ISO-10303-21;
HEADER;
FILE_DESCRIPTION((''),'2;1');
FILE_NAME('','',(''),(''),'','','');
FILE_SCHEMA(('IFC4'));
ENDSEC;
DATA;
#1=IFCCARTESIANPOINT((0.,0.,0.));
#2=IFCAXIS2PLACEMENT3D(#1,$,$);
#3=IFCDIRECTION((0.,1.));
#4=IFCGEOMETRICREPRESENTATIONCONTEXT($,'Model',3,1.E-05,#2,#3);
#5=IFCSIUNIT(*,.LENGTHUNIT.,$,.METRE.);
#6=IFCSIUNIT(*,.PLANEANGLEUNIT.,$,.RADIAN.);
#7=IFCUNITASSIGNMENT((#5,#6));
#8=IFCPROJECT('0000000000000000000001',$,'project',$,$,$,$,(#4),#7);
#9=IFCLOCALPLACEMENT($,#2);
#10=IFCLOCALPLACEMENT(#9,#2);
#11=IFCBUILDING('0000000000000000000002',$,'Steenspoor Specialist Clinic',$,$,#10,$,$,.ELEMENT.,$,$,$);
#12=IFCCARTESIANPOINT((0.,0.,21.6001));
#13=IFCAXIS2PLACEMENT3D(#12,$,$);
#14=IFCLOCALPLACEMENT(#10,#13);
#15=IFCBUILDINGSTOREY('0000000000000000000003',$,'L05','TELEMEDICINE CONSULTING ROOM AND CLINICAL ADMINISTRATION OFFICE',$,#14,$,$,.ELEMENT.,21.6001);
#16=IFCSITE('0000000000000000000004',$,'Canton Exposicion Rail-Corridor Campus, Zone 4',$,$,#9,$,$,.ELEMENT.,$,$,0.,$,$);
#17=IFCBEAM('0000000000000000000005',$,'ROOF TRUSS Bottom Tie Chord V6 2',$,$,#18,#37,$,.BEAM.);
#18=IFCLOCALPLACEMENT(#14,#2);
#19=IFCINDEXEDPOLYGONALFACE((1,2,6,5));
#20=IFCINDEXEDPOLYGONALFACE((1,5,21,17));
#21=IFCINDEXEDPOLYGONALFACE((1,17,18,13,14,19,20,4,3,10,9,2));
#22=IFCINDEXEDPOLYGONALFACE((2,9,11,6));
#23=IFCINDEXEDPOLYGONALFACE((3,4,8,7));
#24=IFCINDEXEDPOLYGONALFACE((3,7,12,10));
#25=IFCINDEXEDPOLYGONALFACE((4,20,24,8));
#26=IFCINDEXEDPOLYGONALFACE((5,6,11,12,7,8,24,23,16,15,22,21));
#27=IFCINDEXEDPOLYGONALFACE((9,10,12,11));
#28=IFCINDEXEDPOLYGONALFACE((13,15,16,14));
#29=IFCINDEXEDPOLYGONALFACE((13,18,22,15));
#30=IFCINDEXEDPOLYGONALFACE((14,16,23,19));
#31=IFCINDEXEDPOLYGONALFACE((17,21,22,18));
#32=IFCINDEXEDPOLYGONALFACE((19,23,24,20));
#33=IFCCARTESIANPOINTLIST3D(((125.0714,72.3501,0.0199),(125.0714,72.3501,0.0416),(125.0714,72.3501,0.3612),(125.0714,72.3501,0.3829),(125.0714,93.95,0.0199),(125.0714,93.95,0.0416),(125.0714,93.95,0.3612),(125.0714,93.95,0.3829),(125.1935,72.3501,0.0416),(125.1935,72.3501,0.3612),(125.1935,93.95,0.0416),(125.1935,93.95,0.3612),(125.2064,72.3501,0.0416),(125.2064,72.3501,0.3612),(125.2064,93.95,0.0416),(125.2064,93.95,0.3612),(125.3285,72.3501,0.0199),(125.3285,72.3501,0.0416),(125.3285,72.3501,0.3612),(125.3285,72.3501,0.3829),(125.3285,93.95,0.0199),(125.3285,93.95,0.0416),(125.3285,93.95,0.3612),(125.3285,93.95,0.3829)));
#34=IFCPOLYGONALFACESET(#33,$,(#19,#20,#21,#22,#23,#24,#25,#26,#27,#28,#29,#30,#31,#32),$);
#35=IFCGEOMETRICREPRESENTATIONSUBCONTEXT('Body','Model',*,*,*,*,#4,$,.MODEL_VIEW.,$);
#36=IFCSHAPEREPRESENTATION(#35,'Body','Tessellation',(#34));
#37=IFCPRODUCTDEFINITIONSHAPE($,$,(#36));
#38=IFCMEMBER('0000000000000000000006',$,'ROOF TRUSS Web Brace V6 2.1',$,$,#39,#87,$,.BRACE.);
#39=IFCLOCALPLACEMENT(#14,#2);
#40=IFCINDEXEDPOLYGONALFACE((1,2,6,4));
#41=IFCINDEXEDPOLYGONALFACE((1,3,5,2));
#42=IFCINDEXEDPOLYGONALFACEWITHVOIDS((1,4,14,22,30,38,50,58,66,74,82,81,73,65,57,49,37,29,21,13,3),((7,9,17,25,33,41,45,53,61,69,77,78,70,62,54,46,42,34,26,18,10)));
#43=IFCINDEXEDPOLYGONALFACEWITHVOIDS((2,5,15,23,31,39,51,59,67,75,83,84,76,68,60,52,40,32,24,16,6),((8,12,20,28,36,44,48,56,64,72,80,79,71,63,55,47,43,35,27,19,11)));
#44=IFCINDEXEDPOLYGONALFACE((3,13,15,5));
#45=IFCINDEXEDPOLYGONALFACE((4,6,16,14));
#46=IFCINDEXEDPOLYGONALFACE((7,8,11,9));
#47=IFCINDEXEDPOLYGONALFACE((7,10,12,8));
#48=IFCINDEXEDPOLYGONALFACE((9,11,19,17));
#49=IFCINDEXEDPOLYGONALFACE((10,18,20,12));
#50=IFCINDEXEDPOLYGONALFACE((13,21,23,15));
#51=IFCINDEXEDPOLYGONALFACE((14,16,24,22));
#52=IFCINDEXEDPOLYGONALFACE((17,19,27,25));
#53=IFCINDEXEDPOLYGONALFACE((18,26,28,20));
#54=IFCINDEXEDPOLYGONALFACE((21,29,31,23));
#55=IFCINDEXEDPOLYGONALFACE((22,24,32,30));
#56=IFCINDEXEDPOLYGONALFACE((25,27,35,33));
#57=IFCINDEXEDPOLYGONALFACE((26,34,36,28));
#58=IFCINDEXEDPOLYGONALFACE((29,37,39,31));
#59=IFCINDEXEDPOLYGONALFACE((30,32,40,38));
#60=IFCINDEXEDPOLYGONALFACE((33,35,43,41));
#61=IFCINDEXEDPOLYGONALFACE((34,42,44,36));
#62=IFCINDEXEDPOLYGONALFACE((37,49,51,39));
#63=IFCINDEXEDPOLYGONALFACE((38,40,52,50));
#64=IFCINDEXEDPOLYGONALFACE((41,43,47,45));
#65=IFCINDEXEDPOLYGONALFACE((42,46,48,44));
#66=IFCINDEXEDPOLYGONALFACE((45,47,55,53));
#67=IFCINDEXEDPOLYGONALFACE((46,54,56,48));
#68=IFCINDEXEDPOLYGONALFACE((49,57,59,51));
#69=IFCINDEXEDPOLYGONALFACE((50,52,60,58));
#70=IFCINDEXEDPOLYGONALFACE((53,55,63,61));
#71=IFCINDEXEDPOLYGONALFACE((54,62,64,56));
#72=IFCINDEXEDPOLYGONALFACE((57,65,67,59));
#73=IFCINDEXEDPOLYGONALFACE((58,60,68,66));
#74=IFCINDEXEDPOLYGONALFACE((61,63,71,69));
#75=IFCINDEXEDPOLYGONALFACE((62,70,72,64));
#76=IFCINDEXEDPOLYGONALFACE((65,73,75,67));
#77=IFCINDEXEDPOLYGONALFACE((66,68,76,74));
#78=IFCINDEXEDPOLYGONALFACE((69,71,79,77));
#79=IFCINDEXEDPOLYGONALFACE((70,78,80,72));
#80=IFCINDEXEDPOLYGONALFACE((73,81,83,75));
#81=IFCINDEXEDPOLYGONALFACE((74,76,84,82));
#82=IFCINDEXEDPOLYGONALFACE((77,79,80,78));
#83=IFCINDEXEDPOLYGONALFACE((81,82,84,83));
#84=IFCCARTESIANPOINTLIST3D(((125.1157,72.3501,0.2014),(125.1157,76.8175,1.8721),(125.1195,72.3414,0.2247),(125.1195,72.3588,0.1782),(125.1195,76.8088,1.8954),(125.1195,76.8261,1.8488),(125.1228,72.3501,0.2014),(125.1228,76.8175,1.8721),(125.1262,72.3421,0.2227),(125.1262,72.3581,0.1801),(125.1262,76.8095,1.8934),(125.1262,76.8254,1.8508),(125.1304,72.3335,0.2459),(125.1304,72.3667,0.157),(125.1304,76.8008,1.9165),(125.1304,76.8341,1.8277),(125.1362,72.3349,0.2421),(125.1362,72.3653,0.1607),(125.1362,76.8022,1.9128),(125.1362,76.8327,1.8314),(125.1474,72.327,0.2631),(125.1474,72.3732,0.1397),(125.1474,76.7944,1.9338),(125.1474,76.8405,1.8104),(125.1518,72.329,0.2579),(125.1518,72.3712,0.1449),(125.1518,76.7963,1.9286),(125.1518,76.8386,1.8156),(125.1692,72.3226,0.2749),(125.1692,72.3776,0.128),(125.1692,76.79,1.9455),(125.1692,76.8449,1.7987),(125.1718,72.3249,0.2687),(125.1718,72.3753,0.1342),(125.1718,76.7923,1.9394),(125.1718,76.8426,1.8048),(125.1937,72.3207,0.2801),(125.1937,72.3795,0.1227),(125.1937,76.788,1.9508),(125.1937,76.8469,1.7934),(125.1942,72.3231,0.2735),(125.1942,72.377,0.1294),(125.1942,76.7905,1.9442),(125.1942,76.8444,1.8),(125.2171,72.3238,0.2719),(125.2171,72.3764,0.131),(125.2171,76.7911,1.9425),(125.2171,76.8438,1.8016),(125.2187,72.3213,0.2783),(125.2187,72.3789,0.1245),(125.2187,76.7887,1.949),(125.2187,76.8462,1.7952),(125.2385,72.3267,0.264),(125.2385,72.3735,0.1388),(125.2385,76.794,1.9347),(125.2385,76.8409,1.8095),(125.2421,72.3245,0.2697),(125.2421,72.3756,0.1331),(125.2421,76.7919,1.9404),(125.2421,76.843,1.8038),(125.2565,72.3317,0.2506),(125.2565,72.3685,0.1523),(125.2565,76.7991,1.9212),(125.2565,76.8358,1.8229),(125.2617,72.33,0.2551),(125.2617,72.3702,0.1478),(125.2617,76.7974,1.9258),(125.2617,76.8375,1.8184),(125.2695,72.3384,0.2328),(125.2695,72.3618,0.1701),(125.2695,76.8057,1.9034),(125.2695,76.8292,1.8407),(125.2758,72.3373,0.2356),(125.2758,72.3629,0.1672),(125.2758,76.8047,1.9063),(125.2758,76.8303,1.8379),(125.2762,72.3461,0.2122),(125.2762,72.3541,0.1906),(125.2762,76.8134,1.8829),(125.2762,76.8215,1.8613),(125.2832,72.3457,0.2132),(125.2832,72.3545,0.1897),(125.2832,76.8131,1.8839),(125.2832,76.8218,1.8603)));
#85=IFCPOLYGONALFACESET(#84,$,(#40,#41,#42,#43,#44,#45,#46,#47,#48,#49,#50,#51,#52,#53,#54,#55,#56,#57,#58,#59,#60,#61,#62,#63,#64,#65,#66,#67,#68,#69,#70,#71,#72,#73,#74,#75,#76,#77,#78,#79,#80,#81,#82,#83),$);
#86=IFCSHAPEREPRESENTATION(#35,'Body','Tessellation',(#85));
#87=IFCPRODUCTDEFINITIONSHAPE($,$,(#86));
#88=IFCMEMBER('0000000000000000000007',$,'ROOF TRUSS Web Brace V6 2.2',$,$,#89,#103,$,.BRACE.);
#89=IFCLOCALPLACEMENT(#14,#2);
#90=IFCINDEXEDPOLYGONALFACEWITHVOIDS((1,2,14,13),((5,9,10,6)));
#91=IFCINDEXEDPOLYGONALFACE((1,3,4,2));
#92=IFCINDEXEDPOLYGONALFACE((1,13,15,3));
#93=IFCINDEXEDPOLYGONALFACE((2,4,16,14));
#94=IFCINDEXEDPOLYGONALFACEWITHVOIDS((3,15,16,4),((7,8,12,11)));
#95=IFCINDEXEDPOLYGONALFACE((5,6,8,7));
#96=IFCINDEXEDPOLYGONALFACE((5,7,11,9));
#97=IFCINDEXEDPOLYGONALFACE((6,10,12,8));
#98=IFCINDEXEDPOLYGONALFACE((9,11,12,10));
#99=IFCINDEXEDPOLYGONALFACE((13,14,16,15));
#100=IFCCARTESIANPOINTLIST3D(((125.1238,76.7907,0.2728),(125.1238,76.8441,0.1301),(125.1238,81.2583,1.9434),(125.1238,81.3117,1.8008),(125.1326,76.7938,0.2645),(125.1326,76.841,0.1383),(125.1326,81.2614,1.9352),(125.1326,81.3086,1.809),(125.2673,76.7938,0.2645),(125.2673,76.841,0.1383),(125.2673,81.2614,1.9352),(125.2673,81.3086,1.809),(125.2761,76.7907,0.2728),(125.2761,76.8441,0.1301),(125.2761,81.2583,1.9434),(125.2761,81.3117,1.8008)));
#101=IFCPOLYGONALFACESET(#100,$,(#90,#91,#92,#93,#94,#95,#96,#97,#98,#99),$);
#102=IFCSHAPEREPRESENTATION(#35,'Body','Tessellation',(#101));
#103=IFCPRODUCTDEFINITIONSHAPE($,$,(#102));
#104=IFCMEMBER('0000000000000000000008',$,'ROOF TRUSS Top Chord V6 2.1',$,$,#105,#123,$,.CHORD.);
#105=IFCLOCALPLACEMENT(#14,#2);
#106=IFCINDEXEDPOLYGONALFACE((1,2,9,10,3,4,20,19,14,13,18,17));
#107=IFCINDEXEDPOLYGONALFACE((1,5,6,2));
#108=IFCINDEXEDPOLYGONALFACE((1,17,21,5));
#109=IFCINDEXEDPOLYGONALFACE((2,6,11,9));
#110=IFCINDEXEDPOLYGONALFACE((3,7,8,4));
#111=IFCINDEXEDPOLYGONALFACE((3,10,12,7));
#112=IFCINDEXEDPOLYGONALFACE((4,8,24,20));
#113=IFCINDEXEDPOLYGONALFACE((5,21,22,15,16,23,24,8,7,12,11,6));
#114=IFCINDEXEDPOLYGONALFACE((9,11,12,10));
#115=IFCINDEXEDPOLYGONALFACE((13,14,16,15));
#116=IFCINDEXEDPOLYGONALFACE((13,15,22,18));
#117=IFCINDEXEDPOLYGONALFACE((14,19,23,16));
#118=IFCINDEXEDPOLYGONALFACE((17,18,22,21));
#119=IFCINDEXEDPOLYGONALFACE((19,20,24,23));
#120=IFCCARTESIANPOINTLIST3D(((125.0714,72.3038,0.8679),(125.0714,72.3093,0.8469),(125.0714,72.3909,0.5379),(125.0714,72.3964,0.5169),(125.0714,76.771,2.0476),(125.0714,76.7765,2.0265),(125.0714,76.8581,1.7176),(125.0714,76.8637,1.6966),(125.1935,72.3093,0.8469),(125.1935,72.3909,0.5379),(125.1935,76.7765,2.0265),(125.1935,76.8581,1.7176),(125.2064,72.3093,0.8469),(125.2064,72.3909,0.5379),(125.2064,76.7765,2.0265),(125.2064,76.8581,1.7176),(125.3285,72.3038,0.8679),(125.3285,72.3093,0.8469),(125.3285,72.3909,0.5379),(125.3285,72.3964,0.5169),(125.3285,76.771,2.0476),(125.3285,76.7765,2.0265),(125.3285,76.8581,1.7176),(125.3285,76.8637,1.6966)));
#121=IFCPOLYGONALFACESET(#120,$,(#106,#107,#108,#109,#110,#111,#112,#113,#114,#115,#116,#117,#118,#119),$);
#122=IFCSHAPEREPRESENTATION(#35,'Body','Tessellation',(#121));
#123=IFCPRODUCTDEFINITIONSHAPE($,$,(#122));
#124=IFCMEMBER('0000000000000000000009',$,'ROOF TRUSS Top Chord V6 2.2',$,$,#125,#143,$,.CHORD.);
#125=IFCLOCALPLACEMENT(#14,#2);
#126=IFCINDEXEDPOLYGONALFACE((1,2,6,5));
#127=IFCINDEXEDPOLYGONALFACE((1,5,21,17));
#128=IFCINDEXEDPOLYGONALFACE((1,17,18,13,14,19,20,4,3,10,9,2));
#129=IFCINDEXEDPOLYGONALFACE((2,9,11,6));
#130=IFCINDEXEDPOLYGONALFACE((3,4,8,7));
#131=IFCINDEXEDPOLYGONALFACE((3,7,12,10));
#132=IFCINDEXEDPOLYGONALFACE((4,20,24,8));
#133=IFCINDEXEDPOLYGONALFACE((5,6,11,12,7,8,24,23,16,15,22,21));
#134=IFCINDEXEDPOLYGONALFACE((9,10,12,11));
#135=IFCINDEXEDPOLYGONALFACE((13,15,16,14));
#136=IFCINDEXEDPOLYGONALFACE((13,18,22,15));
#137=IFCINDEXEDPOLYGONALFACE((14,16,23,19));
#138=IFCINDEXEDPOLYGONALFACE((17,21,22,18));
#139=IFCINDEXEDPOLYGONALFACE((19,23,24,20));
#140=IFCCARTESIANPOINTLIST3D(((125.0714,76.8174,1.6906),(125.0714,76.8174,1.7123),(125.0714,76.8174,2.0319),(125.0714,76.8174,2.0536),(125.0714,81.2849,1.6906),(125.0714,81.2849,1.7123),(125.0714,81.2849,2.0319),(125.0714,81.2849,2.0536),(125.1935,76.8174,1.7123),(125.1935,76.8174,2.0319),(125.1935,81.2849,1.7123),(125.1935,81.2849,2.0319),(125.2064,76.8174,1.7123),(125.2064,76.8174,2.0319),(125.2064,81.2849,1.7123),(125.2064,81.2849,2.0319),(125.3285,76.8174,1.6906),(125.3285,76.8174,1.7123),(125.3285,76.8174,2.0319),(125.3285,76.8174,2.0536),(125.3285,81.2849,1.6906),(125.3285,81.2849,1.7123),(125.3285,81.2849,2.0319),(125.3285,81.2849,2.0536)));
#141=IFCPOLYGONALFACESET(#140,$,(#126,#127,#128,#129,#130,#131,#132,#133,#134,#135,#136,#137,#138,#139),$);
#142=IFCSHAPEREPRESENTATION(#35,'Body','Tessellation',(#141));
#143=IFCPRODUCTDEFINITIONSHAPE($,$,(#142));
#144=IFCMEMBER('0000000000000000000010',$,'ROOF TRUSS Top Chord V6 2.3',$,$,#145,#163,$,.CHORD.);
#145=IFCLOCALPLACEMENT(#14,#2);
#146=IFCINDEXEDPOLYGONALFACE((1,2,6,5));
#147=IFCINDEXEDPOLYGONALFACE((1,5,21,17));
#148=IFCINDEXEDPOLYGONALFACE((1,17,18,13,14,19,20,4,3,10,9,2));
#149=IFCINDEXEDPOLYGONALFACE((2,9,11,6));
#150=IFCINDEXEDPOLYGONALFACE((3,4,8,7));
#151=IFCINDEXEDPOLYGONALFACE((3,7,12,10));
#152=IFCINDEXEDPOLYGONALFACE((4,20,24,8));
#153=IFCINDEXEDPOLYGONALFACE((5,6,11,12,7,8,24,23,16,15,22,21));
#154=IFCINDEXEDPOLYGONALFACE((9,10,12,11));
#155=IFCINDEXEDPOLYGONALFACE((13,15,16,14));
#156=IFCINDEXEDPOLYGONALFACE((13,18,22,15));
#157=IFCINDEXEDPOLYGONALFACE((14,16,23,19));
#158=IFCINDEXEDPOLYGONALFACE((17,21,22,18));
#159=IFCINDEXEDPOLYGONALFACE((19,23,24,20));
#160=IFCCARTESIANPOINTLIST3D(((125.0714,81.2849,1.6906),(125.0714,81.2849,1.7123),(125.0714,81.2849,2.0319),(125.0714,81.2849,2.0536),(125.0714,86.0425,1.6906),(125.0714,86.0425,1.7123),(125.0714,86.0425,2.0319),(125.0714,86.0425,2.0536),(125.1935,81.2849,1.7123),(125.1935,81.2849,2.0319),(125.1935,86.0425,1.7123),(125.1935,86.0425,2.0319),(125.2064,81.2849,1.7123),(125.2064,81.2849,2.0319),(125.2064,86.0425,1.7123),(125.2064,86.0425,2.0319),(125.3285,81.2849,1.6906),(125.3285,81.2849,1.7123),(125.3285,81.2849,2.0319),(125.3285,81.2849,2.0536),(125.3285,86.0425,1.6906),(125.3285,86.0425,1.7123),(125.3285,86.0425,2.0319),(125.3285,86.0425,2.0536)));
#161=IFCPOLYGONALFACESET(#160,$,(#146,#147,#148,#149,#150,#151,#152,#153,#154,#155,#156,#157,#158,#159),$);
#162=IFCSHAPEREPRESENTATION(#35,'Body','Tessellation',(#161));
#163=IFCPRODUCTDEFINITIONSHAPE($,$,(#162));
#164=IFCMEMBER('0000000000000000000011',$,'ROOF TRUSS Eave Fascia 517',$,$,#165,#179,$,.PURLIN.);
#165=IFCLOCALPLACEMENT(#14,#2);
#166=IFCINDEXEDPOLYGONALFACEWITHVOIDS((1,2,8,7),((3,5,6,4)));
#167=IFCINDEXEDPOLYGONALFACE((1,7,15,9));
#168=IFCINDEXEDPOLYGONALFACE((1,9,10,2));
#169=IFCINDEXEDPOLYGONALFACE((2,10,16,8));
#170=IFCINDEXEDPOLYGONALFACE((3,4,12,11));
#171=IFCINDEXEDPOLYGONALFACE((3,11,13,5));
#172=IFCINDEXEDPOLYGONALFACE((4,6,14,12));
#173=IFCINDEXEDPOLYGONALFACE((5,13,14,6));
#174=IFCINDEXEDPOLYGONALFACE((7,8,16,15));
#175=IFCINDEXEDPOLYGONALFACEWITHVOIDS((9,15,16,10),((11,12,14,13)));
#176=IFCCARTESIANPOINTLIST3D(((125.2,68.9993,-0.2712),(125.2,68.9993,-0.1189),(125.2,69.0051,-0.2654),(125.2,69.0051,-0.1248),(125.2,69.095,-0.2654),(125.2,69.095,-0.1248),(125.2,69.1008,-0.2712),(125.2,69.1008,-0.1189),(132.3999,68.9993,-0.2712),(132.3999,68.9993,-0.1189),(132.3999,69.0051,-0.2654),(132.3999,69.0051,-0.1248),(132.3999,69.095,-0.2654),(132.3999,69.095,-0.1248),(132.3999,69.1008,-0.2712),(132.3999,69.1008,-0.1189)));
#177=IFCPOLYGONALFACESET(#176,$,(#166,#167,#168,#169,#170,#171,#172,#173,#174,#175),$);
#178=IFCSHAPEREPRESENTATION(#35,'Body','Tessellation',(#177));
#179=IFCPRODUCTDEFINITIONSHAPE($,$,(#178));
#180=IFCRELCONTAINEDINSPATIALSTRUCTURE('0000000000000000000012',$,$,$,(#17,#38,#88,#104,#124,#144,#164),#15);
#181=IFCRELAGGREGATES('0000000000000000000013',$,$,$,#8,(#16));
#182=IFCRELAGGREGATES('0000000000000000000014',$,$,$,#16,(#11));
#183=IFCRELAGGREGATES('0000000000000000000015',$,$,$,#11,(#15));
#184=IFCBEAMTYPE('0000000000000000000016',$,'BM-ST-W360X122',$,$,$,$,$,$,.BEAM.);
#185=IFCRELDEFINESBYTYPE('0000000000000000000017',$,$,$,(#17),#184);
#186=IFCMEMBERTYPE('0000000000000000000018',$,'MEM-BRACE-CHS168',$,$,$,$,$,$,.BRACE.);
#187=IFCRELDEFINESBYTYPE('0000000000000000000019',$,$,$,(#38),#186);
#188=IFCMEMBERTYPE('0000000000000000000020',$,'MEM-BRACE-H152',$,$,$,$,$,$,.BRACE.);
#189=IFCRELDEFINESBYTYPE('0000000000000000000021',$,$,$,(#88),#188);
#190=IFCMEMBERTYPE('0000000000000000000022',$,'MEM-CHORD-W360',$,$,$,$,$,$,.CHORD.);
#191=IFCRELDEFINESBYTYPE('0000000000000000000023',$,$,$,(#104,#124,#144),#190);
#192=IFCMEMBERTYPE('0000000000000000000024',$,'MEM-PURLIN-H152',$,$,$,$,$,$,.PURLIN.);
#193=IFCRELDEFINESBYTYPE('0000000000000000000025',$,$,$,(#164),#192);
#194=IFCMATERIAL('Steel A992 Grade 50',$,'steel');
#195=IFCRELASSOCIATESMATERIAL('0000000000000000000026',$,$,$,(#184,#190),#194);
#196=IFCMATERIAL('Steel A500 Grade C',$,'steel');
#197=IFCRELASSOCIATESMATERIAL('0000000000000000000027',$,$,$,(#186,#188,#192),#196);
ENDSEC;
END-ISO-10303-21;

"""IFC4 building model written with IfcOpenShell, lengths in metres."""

from ifc_helpers import new_model, si_unit, direction, frame, origin, origin_2d, place, context, subcontext, project, spatial, hollow_rectangle, hollow_circle, i_section, extrude, material, material_profile, profile_set, type_object, element, save


model = new_model("IFC4")

# Units and contexts
model_context = context("Model", 3, precision=1e-05, world=origin(), true_north=direction((0.0, 1.0)))
body_context = subcontext(model_context, "Body", "Model", "MODEL_VIEW")
ifc_project = project(units=[si_unit("LENGTHUNIT", "METRE"), si_unit("PLANEANGLEUNIT", "RADIAN")], contexts=[model_context])

# Site, building, storey
site_placement = place(None, origin())
site = spatial("IfcSite", under=ifc_project, at=site_placement, Name="Canton Exposicion Rail-Corridor Campus, Zone 4", CompositionType="ELEMENT", RefElevation=0.0)
building_placement = place(site_placement, origin())
building = spatial("IfcBuilding", under=site, at=building_placement, Name="Steenspoor Specialist Clinic", CompositionType="ELEMENT")
storey_placement = place(building_placement, frame((0.0, 0.0, 21.6001)))
storey = spatial("IfcBuildingStorey", under=building, at=storey_placement, Name="L05", Description="TELEMEDICINE CONSULTING ROOM AND CLINICAL ADMINISTRATION OFFICE", CompositionType="ELEMENT", Elevation=21.6001)

# Beam
ifc_material_1 = material(Name="Steel A992 Grade 50", Category="steel")
ifc_material_profile_1 = material_profile(ifc_material_1, i_section(OverallWidth=0.2571, OverallDepth=0.363, WebThickness=0.0129, FlangeThickness=0.0217, at=origin_2d()), Name="W360X122")
ifc_profile_set_1 = profile_set([ifc_material_profile_1], Name="Steel A992 Grade 50")
beam_type = type_object("IfcBeamType", Name="BM-ST-W360X122", PredefinedType="BEAM", material=ifc_profile_set_1)
beam_placement = place(storey_placement, frame((125.2, 72.3501, 0.2014), z_axis=(0.0, 1.0, 0.0), x_axis=(-1.0, 0.0, 0.0)))
element("IfcBeam", 1, at=beam_placement, inside=storey, type_object=beam_type, Name="ROOF TRUSS Bottom Tie Chord V6 2", PredefinedType="BEAM", context=body_context, shape_type="SweptSolid", body=[
    extrude(i_section(OverallWidth=0.2571, OverallDepth=0.363, WebThickness=0.0129, FlangeThickness=0.0217, at=origin_2d()), origin(), (0.0, 0.0, 1.0), 21.5999),
])

# Members
ifc_material_2 = material(Name="Steel A500 Grade C", Category="steel")
ifc_material_profile_2 = material_profile(ifc_material_2, hollow_circle(Radius=0.0842, WallThickness=0.0071, at=origin_2d()), Name="CHS168X7.1")
ifc_profile_set_2 = profile_set([ifc_material_profile_2], Name="Steel A500 Grade C")
member_type_1 = type_object("IfcMemberType", Name="MEM-BRACE-CHS168", PredefinedType="BRACE", material=ifc_profile_set_2)
member_1_placement = place(storey_placement, frame((125.2, 72.3501, 0.2014), z_axis=(0.0, 0.936644, 0.350282), x_axis=(-1.0, 0.0, 0.0)))
element("IfcMember", 2, at=member_1_placement, inside=storey, type_object=member_type_1, Name="ROOF TRUSS Web Brace V6 2.1", PredefinedType="BRACE", context=body_context, shape_type="SweptSolid", body=[
    extrude(hollow_circle(Radius=0.0842, WallThickness=0.0071, at=origin_2d()), origin(), (0.0, 0.0, 1.0), 4.7695),
])
ifc_material_profile_3 = material_profile(ifc_material_2, hollow_rectangle(XDim=0.1523, YDim=0.1523, WallThickness=0.0088, at=origin_2d()), Name="HSS152X152X9.5")
ifc_profile_set_3 = profile_set([ifc_material_profile_3], Name="Steel A500 Grade C")
member_type_2 = type_object("IfcMemberType", Name="MEM-BRACE-H152", PredefinedType="BRACE", material=ifc_profile_set_3)
member_2_placement = place(storey_placement, frame((125.2, 76.8174, 0.2014), z_axis=(0.0, 0.936651, 0.350265), x_axis=(-1.0, 0.0, 0.0)))
element("IfcMember", 3, at=member_2_placement, inside=storey, type_object=member_type_2, Name="ROOF TRUSS Web Brace V6 2.2", PredefinedType="BRACE", context=body_context, shape_type="SweptSolid", body=[
    extrude(hollow_rectangle(XDim=0.1523, YDim=0.1523, WallThickness=0.0088, at=origin_2d()), origin(), (0.0, 0.0, 1.0), 4.7698),
])
ifc_material_profile_4 = material_profile(ifc_material_1, i_section(OverallWidth=0.2571, OverallDepth=0.363, WebThickness=0.0129, FlangeThickness=0.0217, at=origin_2d()), Name="W360X122")
ifc_profile_set_4 = profile_set([ifc_material_profile_4], Name="Steel A992 Grade 50")
member_type_3 = type_object("IfcMemberType", Name="MEM-CHORD-W360", PredefinedType="CHORD", material=ifc_profile_set_4)
member_3_placement = place(storey_placement, frame((125.2, 72.3501, 0.6924), z_axis=(0.0, 0.966857, 0.25532), x_axis=(-1.0, 0.0, 0.0)))
element("IfcMember", 4, at=member_3_placement, inside=storey, type_object=member_type_3, Name="ROOF TRUSS Top Chord V6 2.1", PredefinedType="CHORD", context=body_context, shape_type="SweptSolid", body=[
    extrude(i_section(OverallWidth=0.2571, OverallDepth=0.363, WebThickness=0.0129, FlangeThickness=0.0217, at=origin_2d()), origin(), (0.0, 0.0, 1.0), 4.6204),
])
member_4_placement = place(storey_placement, frame((125.2, 76.8174, 1.8721), z_axis=(0.0, 1.0, 0.0), x_axis=(-1.0, 0.0, 0.0)))
element("IfcMember", 5, at=member_4_placement, inside=storey, type_object=member_type_3, Name="ROOF TRUSS Top Chord V6 2.2", PredefinedType="CHORD", context=body_context, shape_type="SweptSolid", body=[
    extrude(i_section(OverallWidth=0.2571, OverallDepth=0.363, WebThickness=0.0129, FlangeThickness=0.0217, at=origin_2d()), origin(), (0.0, 0.0, 1.0), 4.4675),
])
member_5_placement = place(storey_placement, frame((125.2, 81.2849, 1.8721), z_axis=(0.0, 1.0, 0.0), x_axis=(-1.0, 0.0, 0.0)))
element("IfcMember", 6, at=member_5_placement, inside=storey, type_object=member_type_3, Name="ROOF TRUSS Top Chord V6 2.3", PredefinedType="CHORD", context=body_context, shape_type="SweptSolid", body=[
    extrude(i_section(OverallWidth=0.2571, OverallDepth=0.363, WebThickness=0.0129, FlangeThickness=0.0217, at=origin_2d()), origin(), (0.0, 0.0, 1.0), 4.7576),
])
ifc_material_profile_5 = material_profile(ifc_material_2, hollow_rectangle(XDim=0.1016, YDim=0.1523, WallThickness=0.0059, at=origin_2d()), Name="HSS152X102X6.4")
ifc_profile_set_5 = profile_set([ifc_material_profile_5], Name="Steel A500 Grade C")
member_type_4 = type_object("IfcMemberType", Name="MEM-PURLIN-H152", PredefinedType="PURLIN", material=ifc_profile_set_5)
member_6_placement = place(storey_placement, frame((125.2, 69.05, -0.1951), z_axis=(1.0, 0.0, 0.0), x_axis=(0.0, 1.0, 0.0)))
element("IfcMember", 7, at=member_6_placement, inside=storey, type_object=member_type_4, Name="ROOF TRUSS Eave Fascia 517", PredefinedType="PURLIN", context=body_context, shape_type="SweptSolid", body=[
    extrude(hollow_rectangle(XDim=0.1016, YDim=0.1523, WallThickness=0.0059, at=origin_2d()), origin(), (0.0, 0.0, 1.0), 7.2),
])

save(model, "model.ifc")
